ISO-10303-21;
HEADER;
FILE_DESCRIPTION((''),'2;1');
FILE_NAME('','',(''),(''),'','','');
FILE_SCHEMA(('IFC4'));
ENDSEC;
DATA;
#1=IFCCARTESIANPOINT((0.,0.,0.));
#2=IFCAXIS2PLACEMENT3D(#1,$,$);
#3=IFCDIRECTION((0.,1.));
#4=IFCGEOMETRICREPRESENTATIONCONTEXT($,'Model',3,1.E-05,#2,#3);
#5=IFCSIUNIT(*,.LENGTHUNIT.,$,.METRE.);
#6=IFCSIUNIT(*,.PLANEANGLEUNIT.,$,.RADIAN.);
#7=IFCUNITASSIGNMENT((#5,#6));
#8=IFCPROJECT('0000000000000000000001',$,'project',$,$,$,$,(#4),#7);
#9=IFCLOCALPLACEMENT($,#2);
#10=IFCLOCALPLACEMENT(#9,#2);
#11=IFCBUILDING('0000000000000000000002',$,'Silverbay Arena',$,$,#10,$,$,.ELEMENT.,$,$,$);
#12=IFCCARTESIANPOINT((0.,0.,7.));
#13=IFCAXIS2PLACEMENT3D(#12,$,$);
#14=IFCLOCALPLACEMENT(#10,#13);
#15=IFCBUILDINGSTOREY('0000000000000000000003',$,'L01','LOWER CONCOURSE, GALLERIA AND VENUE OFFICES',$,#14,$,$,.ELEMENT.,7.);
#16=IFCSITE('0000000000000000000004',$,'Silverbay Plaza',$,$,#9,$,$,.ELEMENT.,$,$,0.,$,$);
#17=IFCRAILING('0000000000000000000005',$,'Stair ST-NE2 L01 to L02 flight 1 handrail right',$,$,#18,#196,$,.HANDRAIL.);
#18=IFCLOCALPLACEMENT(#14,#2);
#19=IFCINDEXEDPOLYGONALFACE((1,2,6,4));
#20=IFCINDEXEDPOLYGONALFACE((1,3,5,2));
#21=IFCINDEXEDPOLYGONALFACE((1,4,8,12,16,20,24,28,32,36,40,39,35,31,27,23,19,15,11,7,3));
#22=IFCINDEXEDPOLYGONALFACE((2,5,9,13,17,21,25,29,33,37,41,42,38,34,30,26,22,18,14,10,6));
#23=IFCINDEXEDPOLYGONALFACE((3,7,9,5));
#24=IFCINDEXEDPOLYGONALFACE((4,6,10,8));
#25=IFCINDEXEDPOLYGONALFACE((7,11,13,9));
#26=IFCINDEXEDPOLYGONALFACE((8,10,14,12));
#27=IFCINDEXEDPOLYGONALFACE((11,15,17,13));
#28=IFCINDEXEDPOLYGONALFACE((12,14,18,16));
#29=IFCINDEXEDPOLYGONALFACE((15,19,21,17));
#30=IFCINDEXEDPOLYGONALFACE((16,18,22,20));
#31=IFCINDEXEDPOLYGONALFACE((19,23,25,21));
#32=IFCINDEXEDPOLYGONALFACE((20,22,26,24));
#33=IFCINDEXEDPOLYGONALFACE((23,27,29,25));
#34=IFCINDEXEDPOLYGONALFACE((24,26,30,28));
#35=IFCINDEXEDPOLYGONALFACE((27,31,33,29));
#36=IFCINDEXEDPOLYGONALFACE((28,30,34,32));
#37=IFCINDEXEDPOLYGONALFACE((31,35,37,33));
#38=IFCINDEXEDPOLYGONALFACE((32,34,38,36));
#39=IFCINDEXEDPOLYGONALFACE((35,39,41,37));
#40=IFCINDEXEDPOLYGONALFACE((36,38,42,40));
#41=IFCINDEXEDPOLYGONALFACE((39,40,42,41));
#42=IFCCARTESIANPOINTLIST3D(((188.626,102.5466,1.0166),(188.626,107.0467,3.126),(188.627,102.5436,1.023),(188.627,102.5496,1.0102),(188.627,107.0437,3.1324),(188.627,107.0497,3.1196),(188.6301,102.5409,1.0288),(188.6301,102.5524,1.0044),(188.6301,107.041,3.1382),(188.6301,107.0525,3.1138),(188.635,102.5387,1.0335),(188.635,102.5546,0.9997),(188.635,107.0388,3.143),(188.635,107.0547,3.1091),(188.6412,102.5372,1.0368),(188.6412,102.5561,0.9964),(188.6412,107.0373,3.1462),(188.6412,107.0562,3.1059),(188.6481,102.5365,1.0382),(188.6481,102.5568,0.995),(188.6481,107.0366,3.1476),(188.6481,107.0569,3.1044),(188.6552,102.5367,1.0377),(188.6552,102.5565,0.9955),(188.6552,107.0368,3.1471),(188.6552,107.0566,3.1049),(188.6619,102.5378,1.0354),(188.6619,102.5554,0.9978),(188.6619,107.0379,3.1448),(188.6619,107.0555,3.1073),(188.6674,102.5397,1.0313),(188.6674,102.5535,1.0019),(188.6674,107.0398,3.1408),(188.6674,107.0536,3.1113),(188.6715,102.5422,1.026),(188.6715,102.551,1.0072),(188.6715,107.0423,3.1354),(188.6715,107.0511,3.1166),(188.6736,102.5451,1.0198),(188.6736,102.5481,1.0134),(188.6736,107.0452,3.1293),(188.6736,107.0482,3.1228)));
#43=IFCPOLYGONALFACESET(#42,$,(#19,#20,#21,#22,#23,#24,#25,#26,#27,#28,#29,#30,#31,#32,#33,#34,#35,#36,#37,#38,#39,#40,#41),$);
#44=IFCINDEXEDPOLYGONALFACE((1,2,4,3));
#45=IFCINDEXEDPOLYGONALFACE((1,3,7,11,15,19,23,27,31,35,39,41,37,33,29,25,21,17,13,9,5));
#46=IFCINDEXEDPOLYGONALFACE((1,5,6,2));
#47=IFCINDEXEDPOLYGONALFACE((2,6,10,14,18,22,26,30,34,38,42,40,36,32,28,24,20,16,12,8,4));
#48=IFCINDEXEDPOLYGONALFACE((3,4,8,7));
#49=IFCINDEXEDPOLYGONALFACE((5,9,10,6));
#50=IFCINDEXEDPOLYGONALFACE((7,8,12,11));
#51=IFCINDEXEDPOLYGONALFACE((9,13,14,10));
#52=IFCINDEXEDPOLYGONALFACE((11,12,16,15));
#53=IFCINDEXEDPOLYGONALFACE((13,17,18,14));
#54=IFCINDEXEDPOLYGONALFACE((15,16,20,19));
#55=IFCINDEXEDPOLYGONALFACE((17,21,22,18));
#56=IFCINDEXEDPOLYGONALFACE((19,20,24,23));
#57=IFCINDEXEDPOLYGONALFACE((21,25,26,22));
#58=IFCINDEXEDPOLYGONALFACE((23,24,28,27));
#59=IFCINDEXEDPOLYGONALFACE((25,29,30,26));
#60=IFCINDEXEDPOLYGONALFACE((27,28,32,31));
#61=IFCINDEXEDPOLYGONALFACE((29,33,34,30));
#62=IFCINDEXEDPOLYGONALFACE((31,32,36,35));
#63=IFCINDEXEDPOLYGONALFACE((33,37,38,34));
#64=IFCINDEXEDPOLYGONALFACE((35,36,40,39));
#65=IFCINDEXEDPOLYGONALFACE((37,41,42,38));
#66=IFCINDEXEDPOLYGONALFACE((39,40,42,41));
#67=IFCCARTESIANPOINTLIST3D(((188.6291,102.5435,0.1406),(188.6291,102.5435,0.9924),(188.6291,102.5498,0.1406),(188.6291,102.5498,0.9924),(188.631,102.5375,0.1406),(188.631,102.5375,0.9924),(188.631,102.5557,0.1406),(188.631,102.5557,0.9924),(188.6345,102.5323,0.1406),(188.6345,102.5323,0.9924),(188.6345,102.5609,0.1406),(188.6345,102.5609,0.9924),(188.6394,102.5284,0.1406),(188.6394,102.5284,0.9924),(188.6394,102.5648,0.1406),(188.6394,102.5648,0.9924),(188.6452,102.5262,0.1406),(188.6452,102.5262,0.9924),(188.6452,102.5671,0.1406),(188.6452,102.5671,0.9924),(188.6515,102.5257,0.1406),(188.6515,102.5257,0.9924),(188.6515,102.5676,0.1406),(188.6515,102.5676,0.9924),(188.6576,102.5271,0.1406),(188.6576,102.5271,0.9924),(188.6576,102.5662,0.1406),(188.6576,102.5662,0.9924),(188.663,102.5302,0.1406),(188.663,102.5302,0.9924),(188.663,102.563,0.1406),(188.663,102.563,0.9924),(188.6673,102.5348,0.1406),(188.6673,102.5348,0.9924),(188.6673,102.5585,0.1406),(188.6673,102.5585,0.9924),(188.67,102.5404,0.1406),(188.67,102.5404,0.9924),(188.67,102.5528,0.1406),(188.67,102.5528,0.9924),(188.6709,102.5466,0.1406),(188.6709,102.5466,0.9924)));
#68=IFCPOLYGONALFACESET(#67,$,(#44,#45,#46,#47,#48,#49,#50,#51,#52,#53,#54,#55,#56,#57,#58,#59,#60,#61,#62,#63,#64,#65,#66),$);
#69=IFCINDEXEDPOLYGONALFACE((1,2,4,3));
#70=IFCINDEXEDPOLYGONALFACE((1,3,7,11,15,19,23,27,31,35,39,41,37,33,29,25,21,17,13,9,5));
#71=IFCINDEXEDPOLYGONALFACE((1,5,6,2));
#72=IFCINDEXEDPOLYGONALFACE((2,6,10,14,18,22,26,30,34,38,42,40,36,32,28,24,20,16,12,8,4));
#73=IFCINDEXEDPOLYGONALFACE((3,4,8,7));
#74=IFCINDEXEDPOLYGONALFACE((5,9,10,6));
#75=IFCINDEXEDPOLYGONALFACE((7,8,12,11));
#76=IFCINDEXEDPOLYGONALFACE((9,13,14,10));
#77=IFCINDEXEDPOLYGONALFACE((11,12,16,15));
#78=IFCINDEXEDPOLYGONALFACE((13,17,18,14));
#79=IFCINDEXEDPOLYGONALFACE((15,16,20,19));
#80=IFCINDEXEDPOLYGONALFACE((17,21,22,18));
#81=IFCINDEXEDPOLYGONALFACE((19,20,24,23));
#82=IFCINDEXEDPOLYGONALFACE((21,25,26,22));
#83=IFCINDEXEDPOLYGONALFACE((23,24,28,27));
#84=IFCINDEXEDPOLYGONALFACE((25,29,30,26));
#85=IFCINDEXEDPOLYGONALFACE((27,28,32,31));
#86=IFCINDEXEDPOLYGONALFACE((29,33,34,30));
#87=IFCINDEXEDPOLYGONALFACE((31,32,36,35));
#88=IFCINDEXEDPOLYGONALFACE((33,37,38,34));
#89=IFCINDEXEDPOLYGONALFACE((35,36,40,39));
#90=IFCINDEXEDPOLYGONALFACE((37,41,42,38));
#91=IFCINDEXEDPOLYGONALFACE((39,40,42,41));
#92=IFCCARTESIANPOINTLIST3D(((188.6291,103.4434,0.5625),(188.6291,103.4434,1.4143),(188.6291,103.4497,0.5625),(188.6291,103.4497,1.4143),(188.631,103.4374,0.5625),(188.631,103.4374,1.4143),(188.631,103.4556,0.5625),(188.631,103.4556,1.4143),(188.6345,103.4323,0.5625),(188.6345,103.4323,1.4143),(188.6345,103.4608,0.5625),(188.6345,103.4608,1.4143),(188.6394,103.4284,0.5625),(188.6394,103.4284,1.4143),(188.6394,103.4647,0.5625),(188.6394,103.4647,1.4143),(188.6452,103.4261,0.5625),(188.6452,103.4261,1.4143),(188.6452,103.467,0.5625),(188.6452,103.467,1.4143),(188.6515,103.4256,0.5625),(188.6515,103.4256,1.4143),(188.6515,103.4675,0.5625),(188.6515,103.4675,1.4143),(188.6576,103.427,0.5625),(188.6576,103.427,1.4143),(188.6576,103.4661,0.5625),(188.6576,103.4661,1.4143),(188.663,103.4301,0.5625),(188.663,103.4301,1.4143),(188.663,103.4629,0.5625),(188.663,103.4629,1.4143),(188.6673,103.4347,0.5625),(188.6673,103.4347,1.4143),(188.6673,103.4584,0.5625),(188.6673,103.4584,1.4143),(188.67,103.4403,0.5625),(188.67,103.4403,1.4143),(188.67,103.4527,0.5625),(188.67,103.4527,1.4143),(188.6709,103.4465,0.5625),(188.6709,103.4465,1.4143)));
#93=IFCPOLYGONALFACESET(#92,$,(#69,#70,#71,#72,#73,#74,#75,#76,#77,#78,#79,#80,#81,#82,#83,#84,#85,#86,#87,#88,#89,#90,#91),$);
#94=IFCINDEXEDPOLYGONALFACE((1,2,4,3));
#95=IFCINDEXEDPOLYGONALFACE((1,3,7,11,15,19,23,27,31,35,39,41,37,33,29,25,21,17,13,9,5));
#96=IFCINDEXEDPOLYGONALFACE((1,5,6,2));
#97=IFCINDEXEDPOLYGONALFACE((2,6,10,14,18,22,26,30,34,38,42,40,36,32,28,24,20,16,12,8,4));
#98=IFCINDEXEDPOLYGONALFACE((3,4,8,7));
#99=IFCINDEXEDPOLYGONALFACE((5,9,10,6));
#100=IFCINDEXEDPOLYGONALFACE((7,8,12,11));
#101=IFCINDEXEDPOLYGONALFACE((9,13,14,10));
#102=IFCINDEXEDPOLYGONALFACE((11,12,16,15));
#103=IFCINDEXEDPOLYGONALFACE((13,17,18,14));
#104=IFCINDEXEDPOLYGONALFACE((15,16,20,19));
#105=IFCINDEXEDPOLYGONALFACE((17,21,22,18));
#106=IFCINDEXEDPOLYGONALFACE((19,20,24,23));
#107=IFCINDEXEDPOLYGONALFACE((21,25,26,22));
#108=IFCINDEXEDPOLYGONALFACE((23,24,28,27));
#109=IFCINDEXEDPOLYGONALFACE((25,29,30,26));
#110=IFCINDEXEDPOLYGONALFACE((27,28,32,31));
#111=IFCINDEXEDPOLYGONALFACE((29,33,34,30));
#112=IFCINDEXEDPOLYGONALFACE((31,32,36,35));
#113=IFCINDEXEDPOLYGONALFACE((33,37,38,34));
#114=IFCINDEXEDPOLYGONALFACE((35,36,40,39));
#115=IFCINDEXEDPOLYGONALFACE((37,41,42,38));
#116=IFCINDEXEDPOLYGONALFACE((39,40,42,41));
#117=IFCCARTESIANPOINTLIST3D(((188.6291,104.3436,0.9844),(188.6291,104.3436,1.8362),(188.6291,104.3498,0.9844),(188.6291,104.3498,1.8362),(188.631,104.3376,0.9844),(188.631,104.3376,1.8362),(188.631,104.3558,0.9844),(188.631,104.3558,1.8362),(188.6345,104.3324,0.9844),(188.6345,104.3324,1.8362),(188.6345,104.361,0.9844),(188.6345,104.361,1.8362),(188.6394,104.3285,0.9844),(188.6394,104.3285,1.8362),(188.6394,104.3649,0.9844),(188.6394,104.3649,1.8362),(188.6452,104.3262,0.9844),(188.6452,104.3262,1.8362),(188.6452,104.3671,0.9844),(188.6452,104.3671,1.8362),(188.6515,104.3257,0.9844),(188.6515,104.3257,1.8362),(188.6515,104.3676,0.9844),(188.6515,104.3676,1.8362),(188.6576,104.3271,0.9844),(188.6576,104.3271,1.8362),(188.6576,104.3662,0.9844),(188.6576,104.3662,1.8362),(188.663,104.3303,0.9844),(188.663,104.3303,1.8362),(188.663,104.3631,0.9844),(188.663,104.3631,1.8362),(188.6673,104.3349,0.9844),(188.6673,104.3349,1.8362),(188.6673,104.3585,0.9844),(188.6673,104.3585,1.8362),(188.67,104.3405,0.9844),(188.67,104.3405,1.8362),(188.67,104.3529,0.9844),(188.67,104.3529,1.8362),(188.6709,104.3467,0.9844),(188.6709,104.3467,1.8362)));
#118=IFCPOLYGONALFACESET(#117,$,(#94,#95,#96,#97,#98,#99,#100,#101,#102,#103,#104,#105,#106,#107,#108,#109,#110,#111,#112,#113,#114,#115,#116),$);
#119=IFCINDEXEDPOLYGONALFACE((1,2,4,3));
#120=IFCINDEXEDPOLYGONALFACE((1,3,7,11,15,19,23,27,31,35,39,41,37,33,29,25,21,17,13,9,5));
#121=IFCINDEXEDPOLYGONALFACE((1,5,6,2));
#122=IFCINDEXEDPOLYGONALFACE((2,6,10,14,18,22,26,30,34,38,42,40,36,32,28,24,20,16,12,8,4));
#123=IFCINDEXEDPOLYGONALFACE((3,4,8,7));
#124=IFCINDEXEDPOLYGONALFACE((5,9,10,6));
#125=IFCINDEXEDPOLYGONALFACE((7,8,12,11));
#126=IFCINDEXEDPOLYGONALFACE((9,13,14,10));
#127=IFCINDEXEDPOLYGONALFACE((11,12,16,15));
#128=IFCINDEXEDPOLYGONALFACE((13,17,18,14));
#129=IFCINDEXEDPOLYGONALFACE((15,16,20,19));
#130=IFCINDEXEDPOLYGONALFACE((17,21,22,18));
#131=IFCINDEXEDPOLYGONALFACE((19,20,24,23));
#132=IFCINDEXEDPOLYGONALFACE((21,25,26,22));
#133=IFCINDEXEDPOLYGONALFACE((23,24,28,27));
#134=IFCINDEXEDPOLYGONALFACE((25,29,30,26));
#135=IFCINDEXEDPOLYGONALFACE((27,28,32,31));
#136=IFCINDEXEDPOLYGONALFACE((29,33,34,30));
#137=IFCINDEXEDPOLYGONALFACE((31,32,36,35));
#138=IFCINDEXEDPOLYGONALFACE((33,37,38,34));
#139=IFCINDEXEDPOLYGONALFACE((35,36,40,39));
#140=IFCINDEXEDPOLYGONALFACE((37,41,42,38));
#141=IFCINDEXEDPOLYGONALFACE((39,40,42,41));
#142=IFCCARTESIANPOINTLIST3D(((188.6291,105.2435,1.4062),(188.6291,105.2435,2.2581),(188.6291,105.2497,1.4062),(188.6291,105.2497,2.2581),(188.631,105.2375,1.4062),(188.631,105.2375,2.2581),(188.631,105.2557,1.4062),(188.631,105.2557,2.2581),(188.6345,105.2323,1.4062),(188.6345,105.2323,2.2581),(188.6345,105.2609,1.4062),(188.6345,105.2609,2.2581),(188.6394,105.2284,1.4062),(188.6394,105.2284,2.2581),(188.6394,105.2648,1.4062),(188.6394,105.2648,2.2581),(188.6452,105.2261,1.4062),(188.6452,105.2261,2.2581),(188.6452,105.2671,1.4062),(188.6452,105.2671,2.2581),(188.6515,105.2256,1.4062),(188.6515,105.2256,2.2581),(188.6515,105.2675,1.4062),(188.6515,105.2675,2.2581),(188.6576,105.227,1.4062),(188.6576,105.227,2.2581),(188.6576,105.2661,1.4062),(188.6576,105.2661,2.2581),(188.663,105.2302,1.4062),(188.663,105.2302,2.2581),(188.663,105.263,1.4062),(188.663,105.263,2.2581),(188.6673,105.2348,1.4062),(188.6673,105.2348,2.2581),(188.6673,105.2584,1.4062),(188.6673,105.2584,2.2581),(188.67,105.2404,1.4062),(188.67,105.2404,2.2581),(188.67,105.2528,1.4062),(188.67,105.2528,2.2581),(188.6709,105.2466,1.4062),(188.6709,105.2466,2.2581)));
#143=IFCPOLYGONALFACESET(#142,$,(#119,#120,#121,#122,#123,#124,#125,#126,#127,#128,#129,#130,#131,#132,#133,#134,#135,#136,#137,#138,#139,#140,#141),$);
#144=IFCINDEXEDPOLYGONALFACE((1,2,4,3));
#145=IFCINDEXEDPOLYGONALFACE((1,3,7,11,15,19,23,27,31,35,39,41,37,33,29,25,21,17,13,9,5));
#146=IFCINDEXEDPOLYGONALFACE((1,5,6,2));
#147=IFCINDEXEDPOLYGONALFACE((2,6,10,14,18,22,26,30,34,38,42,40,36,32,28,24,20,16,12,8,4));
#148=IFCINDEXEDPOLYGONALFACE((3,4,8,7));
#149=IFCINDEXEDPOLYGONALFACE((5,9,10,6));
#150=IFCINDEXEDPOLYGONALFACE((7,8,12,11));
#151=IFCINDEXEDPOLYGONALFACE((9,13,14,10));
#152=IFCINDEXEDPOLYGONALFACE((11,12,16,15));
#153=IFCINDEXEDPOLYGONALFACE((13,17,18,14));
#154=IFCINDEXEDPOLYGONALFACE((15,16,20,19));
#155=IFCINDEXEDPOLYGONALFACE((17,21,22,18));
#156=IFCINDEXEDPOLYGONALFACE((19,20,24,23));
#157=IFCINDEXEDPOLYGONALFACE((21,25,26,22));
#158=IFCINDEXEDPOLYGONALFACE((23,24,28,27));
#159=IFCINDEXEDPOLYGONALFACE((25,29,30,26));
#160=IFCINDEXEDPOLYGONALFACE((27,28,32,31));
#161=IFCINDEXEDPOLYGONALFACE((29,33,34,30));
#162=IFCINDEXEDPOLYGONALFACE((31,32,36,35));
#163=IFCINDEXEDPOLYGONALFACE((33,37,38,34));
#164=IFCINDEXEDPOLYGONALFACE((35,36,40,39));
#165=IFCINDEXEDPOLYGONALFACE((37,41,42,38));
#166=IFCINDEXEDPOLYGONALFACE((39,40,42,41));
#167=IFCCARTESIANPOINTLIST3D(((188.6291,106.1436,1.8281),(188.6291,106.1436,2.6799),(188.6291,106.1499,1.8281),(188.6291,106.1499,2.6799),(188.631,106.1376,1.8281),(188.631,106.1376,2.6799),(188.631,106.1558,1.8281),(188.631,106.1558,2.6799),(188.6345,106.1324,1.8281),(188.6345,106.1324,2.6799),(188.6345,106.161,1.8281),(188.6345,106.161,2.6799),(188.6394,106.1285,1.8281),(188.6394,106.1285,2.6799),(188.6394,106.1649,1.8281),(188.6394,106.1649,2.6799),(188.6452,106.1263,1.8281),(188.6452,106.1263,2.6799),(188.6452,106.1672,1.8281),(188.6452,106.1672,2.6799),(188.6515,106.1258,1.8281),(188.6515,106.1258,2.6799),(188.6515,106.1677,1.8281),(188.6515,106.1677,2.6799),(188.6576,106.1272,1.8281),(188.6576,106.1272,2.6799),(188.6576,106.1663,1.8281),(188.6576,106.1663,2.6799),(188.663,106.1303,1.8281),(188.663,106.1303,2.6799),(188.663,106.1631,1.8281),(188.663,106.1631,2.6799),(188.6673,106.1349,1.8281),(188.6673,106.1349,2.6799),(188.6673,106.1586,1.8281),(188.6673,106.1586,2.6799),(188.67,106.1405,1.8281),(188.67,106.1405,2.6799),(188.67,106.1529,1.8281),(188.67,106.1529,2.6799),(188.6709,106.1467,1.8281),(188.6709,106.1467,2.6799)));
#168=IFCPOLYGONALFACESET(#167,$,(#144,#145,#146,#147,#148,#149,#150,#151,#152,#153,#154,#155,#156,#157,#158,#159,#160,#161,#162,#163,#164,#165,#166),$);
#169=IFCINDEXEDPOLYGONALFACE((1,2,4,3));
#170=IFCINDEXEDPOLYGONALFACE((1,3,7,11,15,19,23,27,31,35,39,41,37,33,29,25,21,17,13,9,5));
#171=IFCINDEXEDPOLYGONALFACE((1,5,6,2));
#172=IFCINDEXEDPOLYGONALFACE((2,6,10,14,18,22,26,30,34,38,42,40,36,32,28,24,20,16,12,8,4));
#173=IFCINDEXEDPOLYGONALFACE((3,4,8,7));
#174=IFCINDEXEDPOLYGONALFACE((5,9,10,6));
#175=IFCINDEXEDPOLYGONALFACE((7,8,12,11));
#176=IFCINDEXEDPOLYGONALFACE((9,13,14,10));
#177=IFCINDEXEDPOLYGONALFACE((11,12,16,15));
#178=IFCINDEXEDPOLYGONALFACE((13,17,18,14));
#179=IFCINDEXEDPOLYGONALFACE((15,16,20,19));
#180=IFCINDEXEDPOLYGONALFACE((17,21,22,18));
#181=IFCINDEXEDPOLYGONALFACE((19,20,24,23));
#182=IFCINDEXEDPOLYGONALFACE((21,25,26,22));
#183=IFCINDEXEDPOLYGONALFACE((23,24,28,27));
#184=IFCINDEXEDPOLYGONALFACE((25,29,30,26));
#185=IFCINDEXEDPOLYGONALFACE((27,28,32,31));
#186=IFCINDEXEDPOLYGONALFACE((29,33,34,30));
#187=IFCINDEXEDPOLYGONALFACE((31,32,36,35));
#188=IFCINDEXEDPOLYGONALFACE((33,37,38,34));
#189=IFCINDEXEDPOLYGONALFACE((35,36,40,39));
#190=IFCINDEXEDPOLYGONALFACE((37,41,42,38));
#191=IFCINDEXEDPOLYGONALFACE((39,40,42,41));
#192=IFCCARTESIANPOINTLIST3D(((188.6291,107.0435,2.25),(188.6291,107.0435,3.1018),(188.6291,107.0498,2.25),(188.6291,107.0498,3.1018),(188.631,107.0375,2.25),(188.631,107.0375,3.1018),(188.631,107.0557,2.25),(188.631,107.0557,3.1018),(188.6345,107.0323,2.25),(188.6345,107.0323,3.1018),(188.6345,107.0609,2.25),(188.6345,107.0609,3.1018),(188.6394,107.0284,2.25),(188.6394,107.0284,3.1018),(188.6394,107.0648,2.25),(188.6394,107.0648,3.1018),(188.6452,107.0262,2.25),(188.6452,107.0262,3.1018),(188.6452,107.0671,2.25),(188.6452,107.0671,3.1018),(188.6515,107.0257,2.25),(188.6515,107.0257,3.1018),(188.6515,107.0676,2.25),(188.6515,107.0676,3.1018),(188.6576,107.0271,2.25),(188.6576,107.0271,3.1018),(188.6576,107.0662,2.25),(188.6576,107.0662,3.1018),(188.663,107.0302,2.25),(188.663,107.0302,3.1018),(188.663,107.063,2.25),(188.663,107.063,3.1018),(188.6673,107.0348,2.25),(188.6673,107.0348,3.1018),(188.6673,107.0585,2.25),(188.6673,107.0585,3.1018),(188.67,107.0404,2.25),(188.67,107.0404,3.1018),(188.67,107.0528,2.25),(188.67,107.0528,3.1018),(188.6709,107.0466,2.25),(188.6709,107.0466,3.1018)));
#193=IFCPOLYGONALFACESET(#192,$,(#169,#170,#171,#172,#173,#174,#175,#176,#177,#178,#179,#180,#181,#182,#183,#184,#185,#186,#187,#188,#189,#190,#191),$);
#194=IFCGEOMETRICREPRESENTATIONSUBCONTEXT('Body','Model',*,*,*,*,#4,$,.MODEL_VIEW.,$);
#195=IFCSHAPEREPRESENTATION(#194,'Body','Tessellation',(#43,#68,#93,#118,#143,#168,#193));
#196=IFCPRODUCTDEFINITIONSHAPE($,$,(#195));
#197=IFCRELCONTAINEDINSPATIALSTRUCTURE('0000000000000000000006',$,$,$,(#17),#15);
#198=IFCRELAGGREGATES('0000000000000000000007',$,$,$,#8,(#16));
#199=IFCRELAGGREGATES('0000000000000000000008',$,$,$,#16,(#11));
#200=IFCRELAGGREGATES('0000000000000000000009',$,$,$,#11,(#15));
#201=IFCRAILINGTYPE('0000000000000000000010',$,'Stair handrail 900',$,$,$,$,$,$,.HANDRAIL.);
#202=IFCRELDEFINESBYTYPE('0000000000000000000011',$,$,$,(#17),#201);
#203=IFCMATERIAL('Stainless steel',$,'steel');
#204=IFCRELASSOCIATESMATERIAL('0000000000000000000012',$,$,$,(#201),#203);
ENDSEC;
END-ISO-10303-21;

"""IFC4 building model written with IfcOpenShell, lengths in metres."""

from ifc_helpers import new_model, si_unit, direction, frame, origin, origin_2d, place, context, subcontext, project, spatial, circle, extrude, material, type_object, element, save


model = new_model("IFC4")

# Units and contexts
model_context = context("Model", 3, precision=1e-05, world=origin(), true_north=direction((0.0, 1.0)))
body_context = subcontext(model_context, "Body", "Model", "MODEL_VIEW")
ifc_project = project(units=[si_unit("LENGTHUNIT", "METRE"), si_unit("PLANEANGLEUNIT", "RADIAN")], contexts=[model_context])

# Site, building, storey
site_placement = place(None, origin())
site = spatial("IfcSite", under=ifc_project, at=site_placement, Name="Silverbay Plaza", CompositionType="ELEMENT", RefElevation=0.0)
building_placement = place(site_placement, origin())
building = spatial("IfcBuilding", under=site, at=building_placement, Name="Silverbay Arena", CompositionType="ELEMENT")
storey_placement = place(building_placement, frame((0.0, 0.0, 7.0)))
storey = spatial("IfcBuildingStorey", under=building, at=storey_placement, Name="L01", Description="LOWER CONCOURSE, GALLERIA AND VENUE OFFICES", CompositionType="ELEMENT", Elevation=7.0)

# Railing
ifc_material_1 = material(Name="Stainless steel", Category="steel")
railing_type_1 = type_object("IfcRailingType", Name="Stair handrail 900", PredefinedType="HANDRAIL", material=ifc_material_1)
for number, where, name in (
    (1, (188.6499, 102.5466, 0.1406), "Stair ST-NE2 L01 to L02 flight 1 handrail right"),
):
    element("IfcRailing", number, at=place(storey_placement, frame(where)), inside=storey, type_object=railing_type_1, Name=name, PredefinedType="HANDRAIL", context=body_context, shape_type="SweptSolid", body=[
        extrude(circle(Radius=0.0239, at=origin_2d()), frame((0.0, 0.0, 0.876), z_axis=(0.0, 0.905459, 0.424434), x_axis=(-1.0, 0.0, 0.0)), (0.0, 0.0, 1.0), 4.97),
        extrude(circle(Radius=0.021, at=origin_2d()), origin(), (0.0, 0.0, 1.0), 0.8518),
        extrude(circle(Radius=0.021, at=origin_2d()), frame((0.0, 0.8999, 0.4219)), (0.0, 0.0, 1.0), 0.8518),
        extrude(circle(Radius=0.021, at=origin_2d()), frame((0.0, 1.8, 0.8438)), (0.0, 0.0, 1.0), 0.8518),
        extrude(circle(Radius=0.021, at=origin_2d()), frame((0.0, 2.7, 1.2656)), (0.0, 0.0, 1.0), 0.8518),
        extrude(circle(Radius=0.021, at=origin_2d()), frame((0.0, 3.6001, 1.6875)), (0.0, 0.0, 1.0), 0.8518),
        extrude(circle(Radius=0.021, at=origin_2d()), frame((0.0, 4.5, 2.1094)), (0.0, 0.0, 1.0), 0.8518),
    ])

save(model, "model.ifc")
